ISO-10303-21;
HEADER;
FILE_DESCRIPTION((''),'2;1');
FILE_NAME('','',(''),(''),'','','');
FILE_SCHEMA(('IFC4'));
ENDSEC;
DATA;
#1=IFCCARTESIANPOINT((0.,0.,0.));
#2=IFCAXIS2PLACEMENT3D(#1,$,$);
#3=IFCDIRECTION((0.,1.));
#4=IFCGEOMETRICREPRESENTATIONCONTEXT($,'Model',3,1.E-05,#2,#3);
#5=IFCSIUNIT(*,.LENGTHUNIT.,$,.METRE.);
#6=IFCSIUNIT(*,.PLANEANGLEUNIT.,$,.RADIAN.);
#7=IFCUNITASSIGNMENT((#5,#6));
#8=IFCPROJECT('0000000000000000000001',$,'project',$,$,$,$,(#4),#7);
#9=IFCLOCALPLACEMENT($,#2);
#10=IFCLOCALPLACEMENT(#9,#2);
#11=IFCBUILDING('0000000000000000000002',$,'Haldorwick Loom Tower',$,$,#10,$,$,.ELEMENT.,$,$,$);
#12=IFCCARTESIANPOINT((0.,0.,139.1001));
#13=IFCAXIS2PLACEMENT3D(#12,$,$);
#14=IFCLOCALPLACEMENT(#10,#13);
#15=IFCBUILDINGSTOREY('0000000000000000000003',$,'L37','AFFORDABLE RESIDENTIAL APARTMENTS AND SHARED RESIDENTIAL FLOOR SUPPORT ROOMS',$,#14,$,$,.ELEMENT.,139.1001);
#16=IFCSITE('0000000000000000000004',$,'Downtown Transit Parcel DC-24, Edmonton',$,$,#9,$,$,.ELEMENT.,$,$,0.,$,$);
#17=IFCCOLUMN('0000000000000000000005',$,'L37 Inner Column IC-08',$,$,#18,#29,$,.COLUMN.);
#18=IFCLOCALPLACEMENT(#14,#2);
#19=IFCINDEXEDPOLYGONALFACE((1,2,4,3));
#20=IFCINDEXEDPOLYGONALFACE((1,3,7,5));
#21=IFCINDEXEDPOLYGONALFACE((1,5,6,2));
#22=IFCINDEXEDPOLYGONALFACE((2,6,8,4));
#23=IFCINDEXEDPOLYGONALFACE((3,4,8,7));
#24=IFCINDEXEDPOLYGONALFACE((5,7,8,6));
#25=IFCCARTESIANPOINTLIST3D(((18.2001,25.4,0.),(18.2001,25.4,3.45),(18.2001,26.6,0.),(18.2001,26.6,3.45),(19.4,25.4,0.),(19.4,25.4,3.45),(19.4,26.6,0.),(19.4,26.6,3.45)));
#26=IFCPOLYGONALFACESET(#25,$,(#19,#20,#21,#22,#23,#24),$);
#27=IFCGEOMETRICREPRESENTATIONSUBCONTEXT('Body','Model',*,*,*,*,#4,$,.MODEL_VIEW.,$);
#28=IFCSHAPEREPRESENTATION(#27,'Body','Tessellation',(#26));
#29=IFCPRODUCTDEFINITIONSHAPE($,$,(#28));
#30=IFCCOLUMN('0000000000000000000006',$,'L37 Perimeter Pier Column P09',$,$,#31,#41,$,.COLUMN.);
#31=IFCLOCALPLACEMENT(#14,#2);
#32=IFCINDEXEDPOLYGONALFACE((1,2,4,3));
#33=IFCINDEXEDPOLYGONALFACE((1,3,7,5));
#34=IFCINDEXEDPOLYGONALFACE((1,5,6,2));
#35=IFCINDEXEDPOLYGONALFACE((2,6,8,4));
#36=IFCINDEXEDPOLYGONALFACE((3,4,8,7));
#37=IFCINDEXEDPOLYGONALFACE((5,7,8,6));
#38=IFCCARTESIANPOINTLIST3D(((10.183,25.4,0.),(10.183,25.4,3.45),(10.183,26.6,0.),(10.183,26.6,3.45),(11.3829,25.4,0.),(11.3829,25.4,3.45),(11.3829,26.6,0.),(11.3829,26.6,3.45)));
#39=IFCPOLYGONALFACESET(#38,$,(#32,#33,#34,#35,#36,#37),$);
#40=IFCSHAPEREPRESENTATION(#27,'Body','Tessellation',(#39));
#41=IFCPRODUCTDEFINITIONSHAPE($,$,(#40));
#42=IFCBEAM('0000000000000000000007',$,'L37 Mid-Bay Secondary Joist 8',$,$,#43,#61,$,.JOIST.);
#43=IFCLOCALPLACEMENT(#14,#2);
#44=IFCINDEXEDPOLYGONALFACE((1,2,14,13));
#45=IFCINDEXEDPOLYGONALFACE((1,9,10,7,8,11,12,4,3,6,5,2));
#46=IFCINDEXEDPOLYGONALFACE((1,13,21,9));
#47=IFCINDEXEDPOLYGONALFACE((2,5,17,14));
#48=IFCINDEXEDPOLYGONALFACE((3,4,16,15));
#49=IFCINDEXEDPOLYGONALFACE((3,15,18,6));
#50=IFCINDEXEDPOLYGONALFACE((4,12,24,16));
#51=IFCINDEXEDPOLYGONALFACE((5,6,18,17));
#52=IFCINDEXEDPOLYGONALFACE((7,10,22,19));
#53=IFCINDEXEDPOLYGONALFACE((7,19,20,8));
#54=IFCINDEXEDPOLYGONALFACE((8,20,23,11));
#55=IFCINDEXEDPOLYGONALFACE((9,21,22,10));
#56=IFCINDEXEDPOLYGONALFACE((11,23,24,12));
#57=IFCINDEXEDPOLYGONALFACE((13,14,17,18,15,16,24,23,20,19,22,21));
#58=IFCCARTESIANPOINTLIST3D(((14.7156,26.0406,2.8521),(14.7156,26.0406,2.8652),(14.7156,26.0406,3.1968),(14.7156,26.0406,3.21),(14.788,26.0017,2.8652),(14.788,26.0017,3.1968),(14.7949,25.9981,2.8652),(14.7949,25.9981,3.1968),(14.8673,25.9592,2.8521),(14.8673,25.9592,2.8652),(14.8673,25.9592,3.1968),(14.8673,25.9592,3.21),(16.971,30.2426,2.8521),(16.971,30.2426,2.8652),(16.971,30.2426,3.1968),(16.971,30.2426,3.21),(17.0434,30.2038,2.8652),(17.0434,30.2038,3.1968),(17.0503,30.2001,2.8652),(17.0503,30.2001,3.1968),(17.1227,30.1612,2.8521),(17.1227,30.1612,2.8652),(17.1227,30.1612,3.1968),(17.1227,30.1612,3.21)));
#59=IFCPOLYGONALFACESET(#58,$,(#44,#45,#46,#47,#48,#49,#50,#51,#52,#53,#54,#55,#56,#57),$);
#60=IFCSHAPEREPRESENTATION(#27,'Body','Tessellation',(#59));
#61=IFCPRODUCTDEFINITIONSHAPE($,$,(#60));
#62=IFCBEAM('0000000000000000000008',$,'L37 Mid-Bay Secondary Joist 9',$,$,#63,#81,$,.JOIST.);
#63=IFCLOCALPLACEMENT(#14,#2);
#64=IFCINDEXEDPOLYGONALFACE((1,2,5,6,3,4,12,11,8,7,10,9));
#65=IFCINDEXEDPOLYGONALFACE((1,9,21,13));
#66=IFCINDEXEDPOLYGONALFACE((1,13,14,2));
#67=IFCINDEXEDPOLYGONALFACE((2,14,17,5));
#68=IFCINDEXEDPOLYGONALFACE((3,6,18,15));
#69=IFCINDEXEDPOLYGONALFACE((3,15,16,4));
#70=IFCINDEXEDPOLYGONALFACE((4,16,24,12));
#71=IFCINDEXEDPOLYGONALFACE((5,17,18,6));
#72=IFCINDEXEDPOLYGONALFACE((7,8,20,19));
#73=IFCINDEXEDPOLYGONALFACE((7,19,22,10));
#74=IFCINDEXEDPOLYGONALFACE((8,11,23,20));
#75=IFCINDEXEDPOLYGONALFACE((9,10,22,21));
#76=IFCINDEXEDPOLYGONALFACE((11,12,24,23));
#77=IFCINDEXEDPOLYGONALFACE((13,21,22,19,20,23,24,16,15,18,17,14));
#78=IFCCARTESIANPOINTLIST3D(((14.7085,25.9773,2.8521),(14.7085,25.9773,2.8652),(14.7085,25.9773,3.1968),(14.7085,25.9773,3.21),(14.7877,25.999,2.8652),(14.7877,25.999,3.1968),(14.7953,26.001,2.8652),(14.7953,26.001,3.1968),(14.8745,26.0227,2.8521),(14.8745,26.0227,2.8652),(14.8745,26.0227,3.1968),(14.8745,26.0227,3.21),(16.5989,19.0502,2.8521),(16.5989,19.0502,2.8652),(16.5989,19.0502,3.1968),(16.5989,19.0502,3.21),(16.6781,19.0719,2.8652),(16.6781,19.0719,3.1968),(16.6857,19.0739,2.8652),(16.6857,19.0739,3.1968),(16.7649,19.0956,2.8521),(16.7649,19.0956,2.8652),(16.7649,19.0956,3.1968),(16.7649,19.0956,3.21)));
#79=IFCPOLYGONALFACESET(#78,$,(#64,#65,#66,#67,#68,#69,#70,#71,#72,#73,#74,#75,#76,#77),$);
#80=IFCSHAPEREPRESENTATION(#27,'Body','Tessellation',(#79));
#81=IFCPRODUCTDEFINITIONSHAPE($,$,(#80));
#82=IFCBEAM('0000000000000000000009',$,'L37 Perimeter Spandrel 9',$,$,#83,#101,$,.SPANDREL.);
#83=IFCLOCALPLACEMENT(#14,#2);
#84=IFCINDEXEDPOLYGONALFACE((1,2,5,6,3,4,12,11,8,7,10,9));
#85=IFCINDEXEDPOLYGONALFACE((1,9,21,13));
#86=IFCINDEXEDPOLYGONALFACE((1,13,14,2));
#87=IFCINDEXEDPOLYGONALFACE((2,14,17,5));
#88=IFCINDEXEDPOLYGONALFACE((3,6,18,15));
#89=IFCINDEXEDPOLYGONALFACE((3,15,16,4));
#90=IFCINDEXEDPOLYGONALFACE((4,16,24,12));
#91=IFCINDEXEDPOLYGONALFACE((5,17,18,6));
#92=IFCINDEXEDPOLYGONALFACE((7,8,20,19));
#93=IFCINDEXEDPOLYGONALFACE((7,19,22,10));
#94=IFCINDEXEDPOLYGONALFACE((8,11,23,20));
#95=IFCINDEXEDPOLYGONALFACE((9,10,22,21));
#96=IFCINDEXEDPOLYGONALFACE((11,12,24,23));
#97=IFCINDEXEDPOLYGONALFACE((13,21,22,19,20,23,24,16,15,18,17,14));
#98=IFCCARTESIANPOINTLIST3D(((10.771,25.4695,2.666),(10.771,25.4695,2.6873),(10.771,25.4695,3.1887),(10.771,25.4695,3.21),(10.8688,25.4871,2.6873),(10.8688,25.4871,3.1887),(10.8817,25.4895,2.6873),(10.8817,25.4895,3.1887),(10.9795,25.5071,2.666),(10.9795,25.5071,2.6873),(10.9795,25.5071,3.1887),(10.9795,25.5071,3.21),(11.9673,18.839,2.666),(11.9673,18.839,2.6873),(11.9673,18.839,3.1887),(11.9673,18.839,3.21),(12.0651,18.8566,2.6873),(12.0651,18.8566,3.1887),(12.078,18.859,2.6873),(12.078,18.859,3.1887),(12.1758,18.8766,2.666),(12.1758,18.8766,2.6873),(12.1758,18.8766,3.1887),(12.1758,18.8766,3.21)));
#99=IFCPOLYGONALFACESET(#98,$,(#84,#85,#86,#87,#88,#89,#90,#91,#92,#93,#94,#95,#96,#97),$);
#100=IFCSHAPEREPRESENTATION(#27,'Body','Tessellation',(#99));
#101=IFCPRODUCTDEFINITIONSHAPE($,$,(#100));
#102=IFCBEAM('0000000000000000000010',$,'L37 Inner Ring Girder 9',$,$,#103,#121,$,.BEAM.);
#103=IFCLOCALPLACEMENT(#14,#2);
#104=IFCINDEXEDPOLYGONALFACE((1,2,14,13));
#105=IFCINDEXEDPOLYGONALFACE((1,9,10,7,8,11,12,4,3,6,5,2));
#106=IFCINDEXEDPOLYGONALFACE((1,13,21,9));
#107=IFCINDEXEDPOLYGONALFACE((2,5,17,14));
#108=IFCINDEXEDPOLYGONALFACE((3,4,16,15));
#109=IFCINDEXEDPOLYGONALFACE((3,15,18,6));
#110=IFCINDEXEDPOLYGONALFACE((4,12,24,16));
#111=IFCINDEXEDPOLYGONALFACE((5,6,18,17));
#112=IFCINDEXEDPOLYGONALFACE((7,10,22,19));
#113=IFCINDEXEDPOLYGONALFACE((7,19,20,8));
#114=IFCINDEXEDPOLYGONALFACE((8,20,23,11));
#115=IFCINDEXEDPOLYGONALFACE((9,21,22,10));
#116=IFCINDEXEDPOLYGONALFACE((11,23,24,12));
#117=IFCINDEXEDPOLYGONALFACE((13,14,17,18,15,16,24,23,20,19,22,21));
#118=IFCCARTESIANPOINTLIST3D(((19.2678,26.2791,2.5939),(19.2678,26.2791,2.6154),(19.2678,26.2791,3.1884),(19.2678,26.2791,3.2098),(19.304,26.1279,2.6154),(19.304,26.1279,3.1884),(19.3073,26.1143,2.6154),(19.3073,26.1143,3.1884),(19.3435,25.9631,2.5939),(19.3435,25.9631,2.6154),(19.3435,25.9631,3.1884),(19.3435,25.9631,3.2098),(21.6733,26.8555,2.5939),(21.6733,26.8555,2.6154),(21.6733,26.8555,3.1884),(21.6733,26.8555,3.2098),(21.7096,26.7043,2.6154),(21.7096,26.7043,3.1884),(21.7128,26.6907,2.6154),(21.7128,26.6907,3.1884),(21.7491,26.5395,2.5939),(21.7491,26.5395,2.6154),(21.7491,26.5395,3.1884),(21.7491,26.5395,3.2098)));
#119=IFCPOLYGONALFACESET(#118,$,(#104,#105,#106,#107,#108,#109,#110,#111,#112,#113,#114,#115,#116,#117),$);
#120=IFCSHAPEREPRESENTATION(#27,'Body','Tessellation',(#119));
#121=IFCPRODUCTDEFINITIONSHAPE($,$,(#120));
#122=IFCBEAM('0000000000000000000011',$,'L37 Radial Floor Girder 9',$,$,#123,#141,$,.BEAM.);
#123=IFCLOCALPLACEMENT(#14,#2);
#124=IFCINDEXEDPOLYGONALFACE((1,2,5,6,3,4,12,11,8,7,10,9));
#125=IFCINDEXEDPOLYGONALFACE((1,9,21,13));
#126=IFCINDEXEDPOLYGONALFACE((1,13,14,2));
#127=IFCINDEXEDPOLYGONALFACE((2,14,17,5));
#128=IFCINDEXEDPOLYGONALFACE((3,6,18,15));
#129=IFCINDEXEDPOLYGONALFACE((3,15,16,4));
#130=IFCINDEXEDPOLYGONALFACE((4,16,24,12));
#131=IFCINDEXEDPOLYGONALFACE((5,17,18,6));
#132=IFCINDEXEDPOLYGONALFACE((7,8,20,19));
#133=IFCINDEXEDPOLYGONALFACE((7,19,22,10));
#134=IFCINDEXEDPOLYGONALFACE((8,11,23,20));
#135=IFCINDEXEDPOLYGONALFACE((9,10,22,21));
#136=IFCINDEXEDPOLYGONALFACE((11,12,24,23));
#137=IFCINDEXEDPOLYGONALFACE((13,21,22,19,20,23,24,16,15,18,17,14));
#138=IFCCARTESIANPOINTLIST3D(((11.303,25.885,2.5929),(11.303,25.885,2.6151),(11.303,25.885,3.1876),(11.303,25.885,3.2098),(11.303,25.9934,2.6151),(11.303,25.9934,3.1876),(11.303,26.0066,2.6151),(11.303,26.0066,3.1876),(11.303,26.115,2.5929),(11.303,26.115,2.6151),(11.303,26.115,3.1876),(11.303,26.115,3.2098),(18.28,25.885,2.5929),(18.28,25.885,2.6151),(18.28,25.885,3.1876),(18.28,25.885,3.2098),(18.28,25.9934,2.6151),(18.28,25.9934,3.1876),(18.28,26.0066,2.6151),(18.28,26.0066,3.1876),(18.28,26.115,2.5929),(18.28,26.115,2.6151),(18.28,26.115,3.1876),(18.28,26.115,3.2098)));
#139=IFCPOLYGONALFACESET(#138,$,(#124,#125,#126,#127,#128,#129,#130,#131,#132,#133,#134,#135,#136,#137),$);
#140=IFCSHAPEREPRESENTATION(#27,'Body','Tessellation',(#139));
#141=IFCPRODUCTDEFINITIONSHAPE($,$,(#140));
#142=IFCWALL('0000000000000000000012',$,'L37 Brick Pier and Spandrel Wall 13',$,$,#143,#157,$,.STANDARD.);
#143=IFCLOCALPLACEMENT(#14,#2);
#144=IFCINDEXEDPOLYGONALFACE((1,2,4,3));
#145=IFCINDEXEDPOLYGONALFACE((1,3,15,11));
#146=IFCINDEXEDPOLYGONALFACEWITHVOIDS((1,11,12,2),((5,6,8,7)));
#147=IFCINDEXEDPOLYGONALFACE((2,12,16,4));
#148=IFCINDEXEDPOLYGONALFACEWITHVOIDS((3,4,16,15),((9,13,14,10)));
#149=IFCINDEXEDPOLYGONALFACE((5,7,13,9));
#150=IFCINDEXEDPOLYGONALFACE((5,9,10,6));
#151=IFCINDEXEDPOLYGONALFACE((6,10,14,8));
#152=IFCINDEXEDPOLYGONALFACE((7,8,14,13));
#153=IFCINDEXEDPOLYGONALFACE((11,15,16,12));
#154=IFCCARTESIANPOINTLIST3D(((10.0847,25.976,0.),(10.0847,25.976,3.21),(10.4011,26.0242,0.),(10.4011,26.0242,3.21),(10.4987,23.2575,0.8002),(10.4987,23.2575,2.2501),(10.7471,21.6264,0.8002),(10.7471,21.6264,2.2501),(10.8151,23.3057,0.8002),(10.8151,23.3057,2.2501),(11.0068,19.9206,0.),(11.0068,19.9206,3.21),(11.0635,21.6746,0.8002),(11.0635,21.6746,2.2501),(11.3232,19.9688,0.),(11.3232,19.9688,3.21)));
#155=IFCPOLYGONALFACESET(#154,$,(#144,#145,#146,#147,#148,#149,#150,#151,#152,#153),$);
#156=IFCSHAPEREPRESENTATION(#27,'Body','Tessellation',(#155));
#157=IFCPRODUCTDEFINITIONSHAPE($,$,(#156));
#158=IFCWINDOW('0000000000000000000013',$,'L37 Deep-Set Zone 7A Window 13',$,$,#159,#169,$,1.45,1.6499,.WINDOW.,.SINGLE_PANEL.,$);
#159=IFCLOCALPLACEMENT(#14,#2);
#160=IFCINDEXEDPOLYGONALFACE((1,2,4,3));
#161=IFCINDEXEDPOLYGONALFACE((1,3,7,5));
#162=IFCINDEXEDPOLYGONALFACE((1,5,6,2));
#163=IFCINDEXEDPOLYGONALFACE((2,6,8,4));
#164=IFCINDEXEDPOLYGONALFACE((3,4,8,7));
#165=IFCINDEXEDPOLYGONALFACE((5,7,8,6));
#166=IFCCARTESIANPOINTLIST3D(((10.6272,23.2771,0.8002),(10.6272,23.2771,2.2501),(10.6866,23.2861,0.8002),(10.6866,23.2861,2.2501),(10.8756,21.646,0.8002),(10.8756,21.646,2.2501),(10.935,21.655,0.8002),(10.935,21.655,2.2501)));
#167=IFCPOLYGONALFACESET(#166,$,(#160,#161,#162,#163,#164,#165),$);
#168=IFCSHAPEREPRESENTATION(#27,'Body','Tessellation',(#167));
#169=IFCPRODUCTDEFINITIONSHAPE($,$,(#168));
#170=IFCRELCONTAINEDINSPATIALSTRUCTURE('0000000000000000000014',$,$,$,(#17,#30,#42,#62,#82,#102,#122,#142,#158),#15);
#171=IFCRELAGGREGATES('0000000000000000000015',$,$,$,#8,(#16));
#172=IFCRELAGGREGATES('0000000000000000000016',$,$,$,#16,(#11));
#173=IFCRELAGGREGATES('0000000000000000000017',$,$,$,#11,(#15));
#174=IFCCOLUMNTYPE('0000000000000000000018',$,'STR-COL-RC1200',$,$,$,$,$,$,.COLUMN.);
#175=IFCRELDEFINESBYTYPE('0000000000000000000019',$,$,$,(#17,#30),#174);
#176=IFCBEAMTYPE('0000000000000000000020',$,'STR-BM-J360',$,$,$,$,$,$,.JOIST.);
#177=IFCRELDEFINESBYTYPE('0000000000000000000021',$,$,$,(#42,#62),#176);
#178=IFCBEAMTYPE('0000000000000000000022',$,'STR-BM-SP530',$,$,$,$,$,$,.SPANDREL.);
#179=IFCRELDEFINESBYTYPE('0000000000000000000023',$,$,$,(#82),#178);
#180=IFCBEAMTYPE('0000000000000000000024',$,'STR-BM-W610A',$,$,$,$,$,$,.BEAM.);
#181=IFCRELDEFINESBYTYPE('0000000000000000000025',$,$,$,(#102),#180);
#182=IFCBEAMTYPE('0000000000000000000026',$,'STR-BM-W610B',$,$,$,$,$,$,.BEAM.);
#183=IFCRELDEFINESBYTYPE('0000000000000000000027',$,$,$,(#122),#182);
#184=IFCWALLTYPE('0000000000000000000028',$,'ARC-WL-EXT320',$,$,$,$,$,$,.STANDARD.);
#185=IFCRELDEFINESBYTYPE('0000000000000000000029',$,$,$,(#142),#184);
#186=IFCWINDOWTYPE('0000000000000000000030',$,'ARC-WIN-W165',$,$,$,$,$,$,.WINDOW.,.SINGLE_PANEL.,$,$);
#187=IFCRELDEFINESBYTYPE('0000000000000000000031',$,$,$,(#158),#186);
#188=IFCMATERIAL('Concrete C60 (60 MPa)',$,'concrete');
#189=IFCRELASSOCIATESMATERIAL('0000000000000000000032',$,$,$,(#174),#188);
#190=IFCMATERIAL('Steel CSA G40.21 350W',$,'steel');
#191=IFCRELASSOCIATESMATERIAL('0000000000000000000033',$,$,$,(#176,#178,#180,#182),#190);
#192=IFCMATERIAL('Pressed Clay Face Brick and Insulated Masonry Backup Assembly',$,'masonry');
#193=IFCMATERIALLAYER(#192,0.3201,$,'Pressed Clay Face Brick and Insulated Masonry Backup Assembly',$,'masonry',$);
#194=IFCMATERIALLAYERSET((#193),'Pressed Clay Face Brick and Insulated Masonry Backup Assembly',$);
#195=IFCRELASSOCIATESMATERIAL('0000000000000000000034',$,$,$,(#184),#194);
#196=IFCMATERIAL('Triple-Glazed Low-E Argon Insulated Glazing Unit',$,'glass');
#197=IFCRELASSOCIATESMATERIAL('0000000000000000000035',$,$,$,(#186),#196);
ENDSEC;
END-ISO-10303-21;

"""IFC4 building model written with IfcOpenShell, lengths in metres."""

from ifc_helpers import new_model, si_unit, direction, frame, frame_2d, origin, origin_2d, place, context, subcontext, project, spatial, rectangle, i_section, extrude, material, layer, layer_set, material_profile, profile_set, type_object, element, fill, save


model = new_model("IFC4")

# Units and contexts
model_context = context("Model", 3, precision=1e-05, world=origin(), true_north=direction((0.0, 1.0)))
body_context = subcontext(model_context, "Body", "Model", "MODEL_VIEW")
ifc_project = project(units=[si_unit("LENGTHUNIT", "METRE"), si_unit("PLANEANGLEUNIT", "RADIAN")], contexts=[model_context])

# Site, building, storey
site_placement = place(None, origin())
site = spatial("IfcSite", under=ifc_project, at=site_placement, Name="Downtown Transit Parcel DC-24, Edmonton", CompositionType="ELEMENT", RefElevation=0.0)
building_placement = place(site_placement, origin())
building = spatial("IfcBuilding", under=site, at=building_placement, Name="Haldorwick Loom Tower", CompositionType="ELEMENT")
storey_placement = place(building_placement, frame((0.0, 0.0, 139.1001)))
storey = spatial("IfcBuildingStorey", under=building, at=storey_placement, Name="L37", Description="AFFORDABLE RESIDENTIAL APARTMENTS AND SHARED RESIDENTIAL FLOOR SUPPORT ROOMS", CompositionType="ELEMENT", Elevation=139.1001)

# Columns
ifc_material_1 = material(Name="Concrete C60 (60 MPa)", Category="concrete")
ifc_material_profile_1 = material_profile(ifc_material_1, rectangle(XDim=1.2, YDim=1.2, at=origin_2d()), Name="RC1200X1200", Category="concrete")
ifc_profile_set_1 = profile_set([ifc_material_profile_1], Name="Concrete C60 (60 MPa)")
column_type = type_object("IfcColumnType", Name="STR-COL-RC1200", PredefinedType="COLUMN", material=ifc_profile_set_1)
for number, where, z_axis, x_axis, name in (
    (1, (18.8, 26.0, 0.0), (0.0, 0.0, 1.0), (1.0, 0.0, 0.0), "L37 Inner Column IC-08"),
    (2, (10.783, 26.0, 0.0), (0.0, 0.0, 1.0), (-1.0, 0.0, 0.0), "L37 Perimeter Pier Column P09"),
):
    element("IfcColumn", number, at=place(storey_placement, frame(where, z_axis=z_axis, x_axis=x_axis)), inside=storey, type_object=column_type, Name=name, PredefinedType="COLUMN", context=body_context, shape_type="SweptSolid", body=[
        extrude(rectangle(XDim=1.2, YDim=1.2, at=origin_2d()), origin(), (0.0, 0.0, 1.0), 3.45),
    ])

# Beams
ifc_material_2 = material(Name="Steel CSA G40.21 350W", Category="steel")
ifc_material_profile_2 = material_profile(ifc_material_2, i_section(OverallWidth=0.1721, OverallDepth=0.3579, WebThickness=0.0078, FlangeThickness=0.0132, at=origin_2d()), Name="W360X57", Category="steel")
ifc_profile_set_2 = profile_set([ifc_material_profile_2], Name="Steel CSA G40.21 350W")
beam_type_1 = type_object("IfcBeamType", Name="STR-BM-J360", PredefinedType="JOIST", material=ifc_profile_set_2)
beam_1_placement = place(storey_placement, frame((17.0469, 30.2019, 3.031), z_axis=(-0.47293, -0.8811, 0.0), x_axis=(0.8811, -0.47293, 0.0)))
element("IfcBeam", 3, at=beam_1_placement, inside=storey, type_object=beam_type_1, Name="L37 Mid-Bay Secondary Joist 8", PredefinedType="JOIST", context=body_context, shape_type="SweptSolid", body=[
    extrude(i_section(OverallWidth=0.1721, OverallDepth=0.3579, WebThickness=0.0078, FlangeThickness=0.0132, at=origin_2d()), origin(), (0.0, 0.0, 1.0), 4.769),
])
beam_2_placement = place(storey_placement, frame((14.7915, 26.0, 3.031), z_axis=(0.263273, -0.964721, 0.0), x_axis=(0.964721, 0.263273, 0.0)))
element("IfcBeam", 4, at=beam_2_placement, inside=storey, type_object=beam_type_1, Name="L37 Mid-Bay Secondary Joist 9", PredefinedType="JOIST", context=body_context, shape_type="SweptSolid", body=[
    extrude(i_section(OverallWidth=0.1721, OverallDepth=0.3579, WebThickness=0.0078, FlangeThickness=0.0132, at=origin_2d()), origin(), (0.0, 0.0, 1.0), 7.1804),
])
ifc_material_profile_3 = material_profile(ifc_material_2, i_section(OverallWidth=0.2119, OverallDepth=0.5439, WebThickness=0.0132, FlangeThickness=0.0212, at=origin_2d()), Name="W530X123", Category="steel")
ifc_profile_set_3 = profile_set([ifc_material_profile_3], Name="Steel CSA G40.21 350W")
beam_type_2 = type_object("IfcBeamType", Name="STR-BM-SP530", PredefinedType="SPANDREL", material=ifc_profile_set_3)
beam_3_placement = place(storey_placement, frame((10.8752, 25.4883, 2.938), z_axis=(0.177559, -0.98411, 0.0), x_axis=(0.98411, 0.177559, 0.0)))
element("IfcBeam", 5, at=beam_3_placement, inside=storey, type_object=beam_type_2, Name="L37 Perimeter Spandrel 9", PredefinedType="SPANDREL", context=body_context, shape_type="SweptSolid", body=[
    extrude(i_section(OverallWidth=0.2119, OverallDepth=0.5439, WebThickness=0.0132, FlangeThickness=0.0212, at=origin_2d()), origin(), (0.0, 0.0, 1.0), 6.7375),
])
ifc_material_profile_4 = material_profile(ifc_material_2, i_section(OverallWidth=0.325, OverallDepth=0.616, WebThickness=0.0139, FlangeThickness=0.0215, at=origin_2d()), Name="W610X174", Category="steel")
ifc_profile_set_4 = profile_set([ifc_material_profile_4], Name="Steel CSA G40.21 350W")
beam_type_3 = type_object("IfcBeamType", Name="STR-BM-W610A", PredefinedType="BEAM", material=ifc_profile_set_4)
beam_4_placement = place(storey_placement, frame((19.3057, 26.1211, 2.9019), z_axis=(0.972471, 0.233026, 0.0), x_axis=(-0.233026, 0.972471, 0.0)))
element("IfcBeam", 6, at=beam_4_placement, inside=storey, type_object=beam_type_3, Name="L37 Inner Ring Girder 9", PredefinedType="BEAM", context=body_context, shape_type="SweptSolid", body=[
    extrude(i_section(OverallWidth=0.325, OverallDepth=0.616, WebThickness=0.0139, FlangeThickness=0.0215, at=origin_2d()), origin(), (0.0, 0.0, 1.0), 2.4736),
])
ifc_material_profile_5 = material_profile(ifc_material_2, i_section(OverallWidth=0.23, OverallDepth=0.6169, WebThickness=0.0132, FlangeThickness=0.0222, at=origin_2d()), Name="W610X140", Category="steel")
ifc_profile_set_5 = profile_set([ifc_material_profile_5], Name="Steel CSA G40.21 350W")
beam_type_4 = type_object("IfcBeamType", Name="STR-BM-W610B", PredefinedType="BEAM", material=ifc_profile_set_5)
beam_5_placement = place(storey_placement, frame((18.28, 26.0, 2.9014), z_axis=(-1.0, 0.0, 0.0), x_axis=(0.0, -1.0, 0.0)))
element("IfcBeam", 7, at=beam_5_placement, inside=storey, type_object=beam_type_4, Name="L37 Radial Floor Girder 9", PredefinedType="BEAM", context=body_context, shape_type="SweptSolid", body=[
    extrude(i_section(OverallWidth=0.23, OverallDepth=0.6169, WebThickness=0.0132, FlangeThickness=0.0222, at=origin_2d()), origin(), (0.0, 0.0, 1.0), 6.9771),
])

# Wall, opening, window
ifc_material_3 = material(Name="Pressed Clay Face Brick and Insulated Masonry Backup Assembly", Category="masonry")
ifc_layer_1 = layer(ifc_material_3, 0.3201, Name="Pressed Clay Face Brick and Insulated Masonry Backup Assembly", Category="masonry")
ifc_layer_set_1 = layer_set([ifc_layer_1], Name="Pressed Clay Face Brick and Insulated Masonry Backup Assembly")
wall_type_1 = type_object("IfcWallType", Name="ARC-WL-EXT320", PredefinedType="STANDARD", material=ifc_layer_set_1)
wall_1_placement = place(storey_placement, frame((10.2429, 26.0, 0.0), z_axis=(0.0, 0.0, 1.0), x_axis=(0.150544, -0.988603, 0.0)))
wall_1 = element("IfcWall", 8, at=wall_1_placement, inside=storey, type_object=wall_type_1, Name="L37 Brick Pier and Spandrel Wall 13", PredefinedType="STANDARD", context=body_context, shape_type="SweptSolid", body=[
    extrude(rectangle(XDim=6.1252, YDim=0.3201, at=frame_2d((3.0625, 0.0))), origin(), (0.0, 0.0, 1.0), 3.21),
])
opening_1_placement = place(wall_1_placement, frame((2.7498, 0.0, 0.8)))
opening_1 = element("IfcOpeningElement", 9, at=opening_1_placement, cuts=wall_1, PredefinedType="OPENING", context=body_context, shape_type="SweptSolid", body=[
    extrude(rectangle(XDim=1.6499, YDim=1.45, at=frame_2d((0.825, 0.7251))), frame((0.0, 0.1699, 0.0), z_axis=(0.0, -1.0, 0.0), x_axis=(1.0, 0.0, 0.0)), (0.0, 0.0, 1.0), 0.3401),
])
ifc_material_4 = material(Name="Triple-Glazed Low-E Argon Insulated Glazing Unit", Category="glass")
window_type = type_object("IfcWindowType", Name="ARC-WIN-W165", PartitioningType="SINGLE_PANEL", PredefinedType="WINDOW", material=ifc_material_4)
window_placement = place(opening_1_placement, origin())
window = element("IfcWindow", 10, at=window_placement, inside=storey, type_object=window_type, Name="L37 Deep-Set Zone 7A Window 13", OverallHeight=1.45, OverallWidth=1.6499, PartitioningType="SINGLE_PANEL", PredefinedType="WINDOW", context=body_context, shape_type="SweptSolid", body=[
    extrude(rectangle(XDim=1.6499, YDim=1.45, at=frame_2d((0.825, 0.7251))), frame((0.0, 0.03, 0.0), z_axis=(0.0, -1.0, 0.0), x_axis=(1.0, 0.0, 0.0)), (0.0, 0.0, 1.0), 0.0601),
])
fill(opening_1, window)

save(model, "model.ifc")
